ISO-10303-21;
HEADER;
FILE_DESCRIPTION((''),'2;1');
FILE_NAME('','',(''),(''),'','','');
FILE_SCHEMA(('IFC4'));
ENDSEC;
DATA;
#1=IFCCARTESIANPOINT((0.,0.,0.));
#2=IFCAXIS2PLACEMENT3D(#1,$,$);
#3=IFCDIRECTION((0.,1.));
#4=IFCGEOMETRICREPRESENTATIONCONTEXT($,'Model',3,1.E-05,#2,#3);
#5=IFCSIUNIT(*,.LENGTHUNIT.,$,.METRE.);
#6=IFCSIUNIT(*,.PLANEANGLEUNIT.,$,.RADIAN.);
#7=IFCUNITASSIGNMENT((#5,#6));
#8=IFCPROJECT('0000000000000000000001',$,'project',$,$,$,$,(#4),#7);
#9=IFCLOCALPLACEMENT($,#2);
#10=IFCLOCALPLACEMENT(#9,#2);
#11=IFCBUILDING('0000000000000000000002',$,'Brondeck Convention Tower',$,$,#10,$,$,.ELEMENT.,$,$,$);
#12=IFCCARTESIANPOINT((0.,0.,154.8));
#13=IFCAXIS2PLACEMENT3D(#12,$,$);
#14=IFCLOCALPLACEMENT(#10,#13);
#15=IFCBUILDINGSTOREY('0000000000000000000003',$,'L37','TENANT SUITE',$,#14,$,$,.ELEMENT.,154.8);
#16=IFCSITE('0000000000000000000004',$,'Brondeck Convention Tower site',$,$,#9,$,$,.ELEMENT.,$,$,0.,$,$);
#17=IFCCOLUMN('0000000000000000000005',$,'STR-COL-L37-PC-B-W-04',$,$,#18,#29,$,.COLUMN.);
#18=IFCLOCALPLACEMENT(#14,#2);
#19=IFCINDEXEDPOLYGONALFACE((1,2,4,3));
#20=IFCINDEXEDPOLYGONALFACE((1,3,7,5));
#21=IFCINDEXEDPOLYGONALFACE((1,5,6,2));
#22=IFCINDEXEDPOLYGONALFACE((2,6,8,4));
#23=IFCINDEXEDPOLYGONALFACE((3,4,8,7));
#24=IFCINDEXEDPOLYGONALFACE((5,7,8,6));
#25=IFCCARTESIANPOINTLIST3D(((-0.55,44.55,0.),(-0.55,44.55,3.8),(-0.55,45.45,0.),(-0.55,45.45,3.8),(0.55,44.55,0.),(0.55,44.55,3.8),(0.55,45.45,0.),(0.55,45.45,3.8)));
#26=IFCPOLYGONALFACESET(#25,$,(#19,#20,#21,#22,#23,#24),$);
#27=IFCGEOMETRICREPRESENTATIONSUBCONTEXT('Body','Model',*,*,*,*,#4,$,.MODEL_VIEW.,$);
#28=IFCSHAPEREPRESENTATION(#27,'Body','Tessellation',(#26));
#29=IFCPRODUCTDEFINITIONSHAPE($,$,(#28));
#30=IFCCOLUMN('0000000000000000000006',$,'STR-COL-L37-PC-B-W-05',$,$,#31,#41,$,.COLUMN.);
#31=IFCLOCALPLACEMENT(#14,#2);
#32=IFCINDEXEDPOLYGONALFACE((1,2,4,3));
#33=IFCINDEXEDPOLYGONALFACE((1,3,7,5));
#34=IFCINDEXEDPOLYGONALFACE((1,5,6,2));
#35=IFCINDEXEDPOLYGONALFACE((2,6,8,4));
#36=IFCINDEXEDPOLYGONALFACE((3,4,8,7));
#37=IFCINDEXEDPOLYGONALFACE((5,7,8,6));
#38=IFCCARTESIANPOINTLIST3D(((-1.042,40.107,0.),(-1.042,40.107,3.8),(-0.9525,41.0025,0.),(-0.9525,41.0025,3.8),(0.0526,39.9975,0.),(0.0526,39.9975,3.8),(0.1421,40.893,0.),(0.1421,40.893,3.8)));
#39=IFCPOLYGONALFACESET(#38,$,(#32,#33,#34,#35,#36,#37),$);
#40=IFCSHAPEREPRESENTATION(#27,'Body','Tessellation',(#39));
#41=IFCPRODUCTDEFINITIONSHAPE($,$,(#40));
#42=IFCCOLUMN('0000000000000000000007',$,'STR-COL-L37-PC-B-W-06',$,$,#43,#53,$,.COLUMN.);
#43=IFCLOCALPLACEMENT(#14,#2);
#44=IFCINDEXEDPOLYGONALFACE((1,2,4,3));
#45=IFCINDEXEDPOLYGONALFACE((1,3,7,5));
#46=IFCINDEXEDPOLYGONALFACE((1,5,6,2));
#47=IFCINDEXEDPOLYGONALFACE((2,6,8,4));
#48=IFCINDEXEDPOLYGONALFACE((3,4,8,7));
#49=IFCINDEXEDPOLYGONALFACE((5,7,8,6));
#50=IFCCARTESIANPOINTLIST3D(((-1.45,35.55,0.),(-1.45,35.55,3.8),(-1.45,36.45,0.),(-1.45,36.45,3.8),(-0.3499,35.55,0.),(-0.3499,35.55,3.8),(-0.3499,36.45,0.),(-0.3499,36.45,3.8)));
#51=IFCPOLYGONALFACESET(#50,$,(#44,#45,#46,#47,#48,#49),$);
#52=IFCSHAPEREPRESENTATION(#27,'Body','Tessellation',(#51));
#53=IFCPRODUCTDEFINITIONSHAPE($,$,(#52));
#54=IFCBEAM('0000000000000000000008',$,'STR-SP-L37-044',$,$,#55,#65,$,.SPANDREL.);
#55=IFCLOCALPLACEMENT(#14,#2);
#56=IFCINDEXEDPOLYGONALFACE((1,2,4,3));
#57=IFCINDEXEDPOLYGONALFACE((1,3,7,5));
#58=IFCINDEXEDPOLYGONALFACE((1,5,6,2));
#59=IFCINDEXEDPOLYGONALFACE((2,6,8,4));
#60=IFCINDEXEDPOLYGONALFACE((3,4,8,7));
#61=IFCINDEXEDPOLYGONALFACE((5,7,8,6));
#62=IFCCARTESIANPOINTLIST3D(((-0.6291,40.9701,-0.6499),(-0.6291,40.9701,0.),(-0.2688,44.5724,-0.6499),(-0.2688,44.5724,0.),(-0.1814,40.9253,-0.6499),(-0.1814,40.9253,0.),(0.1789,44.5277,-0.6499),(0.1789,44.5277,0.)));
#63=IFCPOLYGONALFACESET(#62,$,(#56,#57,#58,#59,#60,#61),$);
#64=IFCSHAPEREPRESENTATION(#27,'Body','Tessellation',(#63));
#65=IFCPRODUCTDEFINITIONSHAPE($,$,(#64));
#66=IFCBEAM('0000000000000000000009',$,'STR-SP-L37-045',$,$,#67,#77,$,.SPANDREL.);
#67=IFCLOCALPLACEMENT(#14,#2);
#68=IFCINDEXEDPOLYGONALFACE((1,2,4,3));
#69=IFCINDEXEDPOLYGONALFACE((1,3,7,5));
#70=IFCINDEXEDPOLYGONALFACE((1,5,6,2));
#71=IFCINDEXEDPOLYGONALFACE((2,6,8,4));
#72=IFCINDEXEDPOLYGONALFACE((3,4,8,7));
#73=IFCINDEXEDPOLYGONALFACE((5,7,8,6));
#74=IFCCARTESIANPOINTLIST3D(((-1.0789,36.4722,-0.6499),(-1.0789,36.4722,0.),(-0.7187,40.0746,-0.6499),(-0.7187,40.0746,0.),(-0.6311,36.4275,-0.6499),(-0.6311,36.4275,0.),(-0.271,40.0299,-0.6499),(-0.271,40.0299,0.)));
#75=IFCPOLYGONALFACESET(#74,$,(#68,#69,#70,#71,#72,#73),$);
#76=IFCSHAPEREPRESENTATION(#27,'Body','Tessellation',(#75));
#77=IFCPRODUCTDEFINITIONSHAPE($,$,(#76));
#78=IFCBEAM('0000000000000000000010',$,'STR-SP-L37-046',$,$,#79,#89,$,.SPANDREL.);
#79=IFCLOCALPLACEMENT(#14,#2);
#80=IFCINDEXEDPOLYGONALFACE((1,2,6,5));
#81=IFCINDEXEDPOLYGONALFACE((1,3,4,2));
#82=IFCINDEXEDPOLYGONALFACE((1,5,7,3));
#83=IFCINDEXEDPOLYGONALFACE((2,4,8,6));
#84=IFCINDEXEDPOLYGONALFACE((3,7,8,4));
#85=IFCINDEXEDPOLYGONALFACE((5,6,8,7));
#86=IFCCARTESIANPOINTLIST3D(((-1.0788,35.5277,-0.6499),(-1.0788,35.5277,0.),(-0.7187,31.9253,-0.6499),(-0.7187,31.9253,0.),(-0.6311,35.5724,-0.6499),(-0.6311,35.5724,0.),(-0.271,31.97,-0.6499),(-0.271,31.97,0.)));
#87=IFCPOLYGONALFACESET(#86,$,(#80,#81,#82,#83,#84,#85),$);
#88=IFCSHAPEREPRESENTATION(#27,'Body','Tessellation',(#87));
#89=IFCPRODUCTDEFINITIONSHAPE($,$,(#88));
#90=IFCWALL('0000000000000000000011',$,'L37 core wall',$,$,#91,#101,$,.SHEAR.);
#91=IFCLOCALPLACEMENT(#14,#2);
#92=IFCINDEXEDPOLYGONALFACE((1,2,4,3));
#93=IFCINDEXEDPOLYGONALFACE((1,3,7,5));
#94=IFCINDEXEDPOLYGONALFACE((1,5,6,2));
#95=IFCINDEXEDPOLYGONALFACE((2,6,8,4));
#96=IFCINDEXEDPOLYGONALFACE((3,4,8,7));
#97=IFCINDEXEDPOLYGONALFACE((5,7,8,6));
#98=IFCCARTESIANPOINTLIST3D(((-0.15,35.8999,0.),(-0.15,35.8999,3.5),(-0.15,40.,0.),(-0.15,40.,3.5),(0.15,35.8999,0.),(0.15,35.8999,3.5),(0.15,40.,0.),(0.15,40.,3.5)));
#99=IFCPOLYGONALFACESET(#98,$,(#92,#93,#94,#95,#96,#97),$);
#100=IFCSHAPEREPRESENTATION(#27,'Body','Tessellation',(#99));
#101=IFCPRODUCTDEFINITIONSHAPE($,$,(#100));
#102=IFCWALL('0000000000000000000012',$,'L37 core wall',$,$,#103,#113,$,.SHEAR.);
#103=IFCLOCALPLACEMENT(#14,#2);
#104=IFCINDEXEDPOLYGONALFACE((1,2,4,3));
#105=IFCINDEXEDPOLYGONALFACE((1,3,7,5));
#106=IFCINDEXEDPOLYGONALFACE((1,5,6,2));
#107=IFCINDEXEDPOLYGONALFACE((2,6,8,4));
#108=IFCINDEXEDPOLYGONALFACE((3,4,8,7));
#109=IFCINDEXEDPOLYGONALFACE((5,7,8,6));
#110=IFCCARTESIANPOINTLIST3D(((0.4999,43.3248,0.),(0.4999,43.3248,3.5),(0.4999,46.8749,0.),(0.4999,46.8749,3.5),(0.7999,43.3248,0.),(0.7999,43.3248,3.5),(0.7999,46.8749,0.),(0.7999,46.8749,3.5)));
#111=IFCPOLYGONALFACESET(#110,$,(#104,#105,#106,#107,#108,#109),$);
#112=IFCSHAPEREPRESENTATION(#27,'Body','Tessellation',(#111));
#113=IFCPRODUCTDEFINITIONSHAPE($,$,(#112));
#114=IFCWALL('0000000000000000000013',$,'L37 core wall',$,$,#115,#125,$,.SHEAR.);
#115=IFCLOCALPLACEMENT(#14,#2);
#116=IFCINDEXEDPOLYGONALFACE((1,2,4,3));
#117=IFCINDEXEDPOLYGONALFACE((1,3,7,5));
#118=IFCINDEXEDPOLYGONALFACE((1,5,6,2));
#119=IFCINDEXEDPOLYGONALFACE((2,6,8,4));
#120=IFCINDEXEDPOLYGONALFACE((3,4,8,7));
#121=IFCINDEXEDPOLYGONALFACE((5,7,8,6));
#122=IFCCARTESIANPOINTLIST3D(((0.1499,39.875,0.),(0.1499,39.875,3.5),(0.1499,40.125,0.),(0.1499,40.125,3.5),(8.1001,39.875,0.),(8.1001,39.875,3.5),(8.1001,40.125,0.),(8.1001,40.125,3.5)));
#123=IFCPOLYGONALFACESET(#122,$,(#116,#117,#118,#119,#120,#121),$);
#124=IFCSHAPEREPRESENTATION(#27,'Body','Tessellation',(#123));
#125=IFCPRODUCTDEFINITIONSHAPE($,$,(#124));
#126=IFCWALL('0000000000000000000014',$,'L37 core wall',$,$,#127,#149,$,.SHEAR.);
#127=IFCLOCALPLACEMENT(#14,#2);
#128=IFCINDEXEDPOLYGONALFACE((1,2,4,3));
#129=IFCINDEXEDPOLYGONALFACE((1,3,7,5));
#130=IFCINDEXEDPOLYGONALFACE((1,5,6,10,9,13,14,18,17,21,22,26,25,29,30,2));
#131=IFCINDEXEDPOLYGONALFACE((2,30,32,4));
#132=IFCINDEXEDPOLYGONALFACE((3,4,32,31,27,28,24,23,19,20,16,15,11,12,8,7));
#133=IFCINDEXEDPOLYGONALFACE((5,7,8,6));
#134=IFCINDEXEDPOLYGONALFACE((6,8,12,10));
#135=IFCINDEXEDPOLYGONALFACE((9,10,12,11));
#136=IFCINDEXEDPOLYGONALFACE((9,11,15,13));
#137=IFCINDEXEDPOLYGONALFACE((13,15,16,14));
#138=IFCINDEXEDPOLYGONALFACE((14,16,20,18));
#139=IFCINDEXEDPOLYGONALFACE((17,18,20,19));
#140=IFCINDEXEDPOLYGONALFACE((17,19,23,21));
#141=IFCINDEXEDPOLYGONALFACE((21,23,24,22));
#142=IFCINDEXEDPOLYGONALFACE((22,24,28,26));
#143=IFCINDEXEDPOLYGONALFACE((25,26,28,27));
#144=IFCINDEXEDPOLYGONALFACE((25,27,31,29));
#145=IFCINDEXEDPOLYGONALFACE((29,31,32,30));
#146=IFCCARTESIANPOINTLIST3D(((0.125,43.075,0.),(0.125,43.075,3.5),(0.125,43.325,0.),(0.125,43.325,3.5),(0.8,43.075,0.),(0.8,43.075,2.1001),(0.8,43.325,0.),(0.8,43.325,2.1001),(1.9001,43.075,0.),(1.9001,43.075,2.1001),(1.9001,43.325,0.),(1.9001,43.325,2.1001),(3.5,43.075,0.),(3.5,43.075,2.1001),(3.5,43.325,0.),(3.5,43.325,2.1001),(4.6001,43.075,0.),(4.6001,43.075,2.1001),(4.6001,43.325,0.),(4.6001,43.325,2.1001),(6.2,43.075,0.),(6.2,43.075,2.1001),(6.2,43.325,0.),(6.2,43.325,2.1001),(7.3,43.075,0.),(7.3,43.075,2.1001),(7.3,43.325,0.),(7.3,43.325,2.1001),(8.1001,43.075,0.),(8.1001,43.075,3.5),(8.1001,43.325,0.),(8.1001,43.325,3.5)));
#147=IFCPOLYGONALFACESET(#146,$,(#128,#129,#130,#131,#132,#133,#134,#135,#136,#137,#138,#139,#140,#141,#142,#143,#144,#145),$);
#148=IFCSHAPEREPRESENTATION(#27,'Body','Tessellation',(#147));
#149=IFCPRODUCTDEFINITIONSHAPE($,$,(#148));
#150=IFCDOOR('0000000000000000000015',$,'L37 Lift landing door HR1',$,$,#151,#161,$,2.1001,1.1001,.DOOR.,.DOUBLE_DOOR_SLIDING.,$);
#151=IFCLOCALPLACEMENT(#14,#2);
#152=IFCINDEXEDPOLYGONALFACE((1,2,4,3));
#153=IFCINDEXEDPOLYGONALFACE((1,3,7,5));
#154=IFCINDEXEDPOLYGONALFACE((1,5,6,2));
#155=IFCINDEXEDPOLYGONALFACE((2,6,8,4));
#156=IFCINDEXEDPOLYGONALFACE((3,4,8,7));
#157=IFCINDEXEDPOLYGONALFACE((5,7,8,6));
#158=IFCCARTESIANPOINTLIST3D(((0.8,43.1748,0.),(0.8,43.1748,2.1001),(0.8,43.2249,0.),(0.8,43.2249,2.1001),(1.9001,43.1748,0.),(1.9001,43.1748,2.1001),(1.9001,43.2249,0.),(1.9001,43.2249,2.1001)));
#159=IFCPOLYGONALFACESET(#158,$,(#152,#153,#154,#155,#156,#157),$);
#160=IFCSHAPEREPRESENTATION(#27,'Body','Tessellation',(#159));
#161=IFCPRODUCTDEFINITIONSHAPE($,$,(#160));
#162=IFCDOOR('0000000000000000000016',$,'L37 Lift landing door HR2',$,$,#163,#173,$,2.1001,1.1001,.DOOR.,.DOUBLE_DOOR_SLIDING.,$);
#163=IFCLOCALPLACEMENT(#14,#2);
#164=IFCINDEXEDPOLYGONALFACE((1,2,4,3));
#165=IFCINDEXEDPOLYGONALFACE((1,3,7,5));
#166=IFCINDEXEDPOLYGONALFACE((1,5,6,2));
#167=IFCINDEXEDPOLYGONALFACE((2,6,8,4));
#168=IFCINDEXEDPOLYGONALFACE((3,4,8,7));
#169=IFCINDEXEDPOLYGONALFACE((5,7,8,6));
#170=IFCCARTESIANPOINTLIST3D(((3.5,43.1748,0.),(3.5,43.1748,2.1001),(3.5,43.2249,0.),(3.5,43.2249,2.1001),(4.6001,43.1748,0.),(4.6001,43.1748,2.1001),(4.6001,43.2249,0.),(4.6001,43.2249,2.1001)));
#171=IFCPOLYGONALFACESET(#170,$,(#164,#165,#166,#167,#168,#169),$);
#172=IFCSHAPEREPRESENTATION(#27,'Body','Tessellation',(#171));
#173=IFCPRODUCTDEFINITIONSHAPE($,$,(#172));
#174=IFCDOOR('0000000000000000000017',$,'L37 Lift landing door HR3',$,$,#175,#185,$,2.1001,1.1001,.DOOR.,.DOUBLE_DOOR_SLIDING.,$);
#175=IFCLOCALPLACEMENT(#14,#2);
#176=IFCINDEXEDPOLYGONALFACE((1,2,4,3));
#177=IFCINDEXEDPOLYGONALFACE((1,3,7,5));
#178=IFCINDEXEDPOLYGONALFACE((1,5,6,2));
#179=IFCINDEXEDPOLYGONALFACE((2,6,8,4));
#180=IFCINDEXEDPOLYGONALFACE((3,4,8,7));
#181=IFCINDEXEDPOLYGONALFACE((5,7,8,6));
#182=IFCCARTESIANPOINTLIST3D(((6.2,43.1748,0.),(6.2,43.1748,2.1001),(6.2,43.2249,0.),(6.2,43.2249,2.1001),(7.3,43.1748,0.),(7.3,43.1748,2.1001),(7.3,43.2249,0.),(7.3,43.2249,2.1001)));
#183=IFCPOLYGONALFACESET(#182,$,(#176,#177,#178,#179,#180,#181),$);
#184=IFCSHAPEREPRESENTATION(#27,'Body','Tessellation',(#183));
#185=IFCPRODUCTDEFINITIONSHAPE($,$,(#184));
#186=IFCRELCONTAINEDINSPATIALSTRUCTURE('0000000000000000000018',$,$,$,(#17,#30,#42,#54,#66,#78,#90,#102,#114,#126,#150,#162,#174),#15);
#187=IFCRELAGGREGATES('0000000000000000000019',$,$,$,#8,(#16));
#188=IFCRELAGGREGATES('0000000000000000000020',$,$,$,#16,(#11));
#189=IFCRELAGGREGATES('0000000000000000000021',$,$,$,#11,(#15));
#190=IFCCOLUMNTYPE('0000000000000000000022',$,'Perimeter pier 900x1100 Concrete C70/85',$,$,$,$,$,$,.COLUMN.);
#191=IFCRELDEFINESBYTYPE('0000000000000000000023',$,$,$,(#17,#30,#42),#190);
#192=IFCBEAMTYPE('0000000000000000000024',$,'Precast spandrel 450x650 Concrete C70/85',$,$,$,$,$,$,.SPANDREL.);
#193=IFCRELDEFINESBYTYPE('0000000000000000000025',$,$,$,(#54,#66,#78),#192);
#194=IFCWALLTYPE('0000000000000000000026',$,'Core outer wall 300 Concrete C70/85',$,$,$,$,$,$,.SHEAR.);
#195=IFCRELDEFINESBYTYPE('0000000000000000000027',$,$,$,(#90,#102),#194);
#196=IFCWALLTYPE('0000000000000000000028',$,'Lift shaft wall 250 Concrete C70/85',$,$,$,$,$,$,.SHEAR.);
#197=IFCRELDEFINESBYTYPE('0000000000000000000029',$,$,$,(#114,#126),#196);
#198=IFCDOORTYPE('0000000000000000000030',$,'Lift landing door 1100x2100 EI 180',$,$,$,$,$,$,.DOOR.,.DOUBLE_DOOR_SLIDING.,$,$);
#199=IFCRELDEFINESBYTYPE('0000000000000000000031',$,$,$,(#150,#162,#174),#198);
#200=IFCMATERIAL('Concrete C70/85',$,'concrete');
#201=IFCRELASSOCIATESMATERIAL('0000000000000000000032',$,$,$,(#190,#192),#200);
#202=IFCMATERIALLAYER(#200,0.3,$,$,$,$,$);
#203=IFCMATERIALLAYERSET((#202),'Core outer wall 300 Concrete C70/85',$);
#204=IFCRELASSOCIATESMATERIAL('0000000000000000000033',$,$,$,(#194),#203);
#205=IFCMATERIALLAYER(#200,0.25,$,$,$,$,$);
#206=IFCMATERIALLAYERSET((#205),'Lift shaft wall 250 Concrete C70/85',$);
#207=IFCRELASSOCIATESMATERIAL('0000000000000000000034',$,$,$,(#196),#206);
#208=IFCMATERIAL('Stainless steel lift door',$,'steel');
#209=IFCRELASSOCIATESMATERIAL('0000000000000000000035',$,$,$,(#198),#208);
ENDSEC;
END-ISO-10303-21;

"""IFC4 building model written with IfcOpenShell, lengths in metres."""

from ifc_helpers import new_model, si_unit, direction, frame, frame_2d, origin, origin_2d, place, context, subcontext, project, spatial, rectangle, extrude, material, layer, layer_set, material_profile, profile_set, type_object, element, fill, save


model = new_model("IFC4")

# Units and contexts
model_context = context("Model", 3, precision=1e-05, world=origin(), true_north=direction((0.0, 1.0)))
body_context = subcontext(model_context, "Body", "Model", "MODEL_VIEW")
ifc_project = project(units=[si_unit("LENGTHUNIT", "METRE"), si_unit("PLANEANGLEUNIT", "RADIAN")], contexts=[model_context])

# Site, building, storey
site_placement = place(None, origin())
site = spatial("IfcSite", under=ifc_project, at=site_placement, Name="Brondeck Convention Tower site", CompositionType="ELEMENT", RefElevation=0.0)
building_placement = place(site_placement, origin())
building = spatial("IfcBuilding", under=site, at=building_placement, Name="Brondeck Convention Tower", CompositionType="ELEMENT")
storey_placement = place(building_placement, frame((0.0, 0.0, 154.8)))
storey = spatial("IfcBuildingStorey", under=building, at=storey_placement, Name="L37", Description="TENANT SUITE", CompositionType="ELEMENT", Elevation=154.8)

# Columns
ifc_material_1 = material(Name="Concrete C70/85", Category="concrete")
ifc_material_profile_1 = material_profile(ifc_material_1, rectangle(XDim=0.8999, YDim=1.1001, at=origin_2d()), Name="Perimeter pier 900x1100 Concrete C70/85")
ifc_profile_set_1 = profile_set([ifc_material_profile_1], Name="Concrete C70/85")
column_type = type_object("IfcColumnType", Name="Perimeter pier 900x1100 Concrete C70/85", PredefinedType="COLUMN", material=ifc_profile_set_1)
for number, where, z_axis, x_axis, name in (
    (1, (0.0, 45.0, 0.0), (0.0, 0.0, 1.0), (0.0, -1.0, 0.0), "STR-COL-L37-PC-B-W-04"),
    (2, (-0.45, 40.5, 0.0), (0.0, 0.0, 1.0), (-0.099504, -0.995037, 0.0), "STR-COL-L37-PC-B-W-05"),
    (3, (-0.8999, 36.0, 0.0), (0.0, 0.0, 1.0), (0.0, -1.0, 0.0), "STR-COL-L37-PC-B-W-06"),
):
    element("IfcColumn", number, at=place(storey_placement, frame(where, z_axis=z_axis, x_axis=x_axis)), inside=storey, type_object=column_type, Name=name, PredefinedType="COLUMN", context=body_context, shape_type="SweptSolid", body=[
        extrude(rectangle(XDim=0.8999, YDim=1.1001, at=origin_2d()), origin(), (0.0, 0.0, 1.0), 3.8),
    ])

# Beams
ifc_material_profile_2 = material_profile(ifc_material_1, rectangle(XDim=0.45, YDim=0.6499, at=origin_2d()), Name="Precast spandrel 450x650 Concrete C70/85")
ifc_profile_set_2 = profile_set([ifc_material_profile_2], Name="Concrete C70/85")
beam_type = type_object("IfcBeamType", Name="Precast spandrel 450x650 Concrete C70/85", PredefinedType="SPANDREL", material=ifc_profile_set_2)
for number, where, z_axis, x_axis, name in (
    (4, (-0.0449, 44.55, -0.325), (-0.099537, -0.995034, 0.0), (0.995034, -0.099537, 0.0), "STR-SP-L37-044"),
    (5, (-0.4949, 40.0522, -0.325), (-0.09947, -0.995041, 0.0), (0.995041, -0.09947, 0.0), "STR-SP-L37-045"),
    (6, (-0.855, 35.55, -0.325), (0.09947, -0.995041, 0.0), (0.995041, 0.09947, 0.0), "STR-SP-L37-046"),
):
    element("IfcBeam", number, at=place(storey_placement, frame(where, z_axis=z_axis, x_axis=x_axis)), inside=storey, type_object=beam_type, Name=name, PredefinedType="SPANDREL", context=body_context, shape_type="SweptSolid", body=[
        extrude(rectangle(XDim=0.45, YDim=0.6499, at=origin_2d()), origin(), (0.0, 0.0, 1.0), 3.6204),
    ])

# Walls
ifc_layer_1 = layer(ifc_material_1, 0.3)
ifc_layer_set_1 = layer_set([ifc_layer_1], Name="Core outer wall 300 Concrete C70/85")
wall_type_1 = type_object("IfcWallType", Name="Core outer wall 300 Concrete C70/85", PredefinedType="SHEAR", material=ifc_layer_set_1)
wall_1_placement = place(storey_placement, frame((0.0, 35.8999, 0.0), z_axis=(0.0, 0.0, 1.0), x_axis=(0.0, 1.0, 0.0)))
element("IfcWall", 7, at=wall_1_placement, inside=storey, type_object=wall_type_1, Name="L37 core wall", PredefinedType="SHEAR", context=body_context, shape_type="SweptSolid", body=[
    extrude(rectangle(XDim=4.1001, YDim=0.3, at=frame_2d((2.05, 0.0))), origin(), (0.0, 0.0, 1.0), 3.5),
])
wall_2_placement = place(storey_placement, frame((0.6499, 43.325, 0.0), z_axis=(0.0, 0.0, 1.0), x_axis=(0.0, 1.0, 0.0)))
element("IfcWall", 8, at=wall_2_placement, inside=storey, type_object=wall_type_1, Name="L37 core wall", PredefinedType="SHEAR", context=body_context, shape_type="SweptSolid", body=[
    extrude(rectangle(XDim=3.55, YDim=0.3, at=frame_2d((1.7749, 0.0))), origin(), (0.0, 0.0, 1.0), 3.5),
])
ifc_layer_2 = layer(ifc_material_1, 0.25)
ifc_layer_set_2 = layer_set([ifc_layer_2], Name="Lift shaft wall 250 Concrete C70/85")
wall_type_2 = type_object("IfcWallType", Name="Lift shaft wall 250 Concrete C70/85", PredefinedType="SHEAR", material=ifc_layer_set_2)
wall_3_placement = place(storey_placement, frame((0.1499, 40.0, 0.0), z_axis=(0.0, 0.0, 1.0), x_axis=(1.0, 0.0, 0.0)))
element("IfcWall", 9, at=wall_3_placement, inside=storey, type_object=wall_type_2, Name="L37 core wall", PredefinedType="SHEAR", context=body_context, shape_type="SweptSolid", body=[
    extrude(rectangle(XDim=7.9502, YDim=0.25, at=frame_2d((3.9751, 0.0))), origin(), (0.0, 0.0, 1.0), 3.5),
])

# Wall, openings, doors
wall_4_placement = place(storey_placement, frame((0.125, 43.2, 0.0), z_axis=(0.0, 0.0, 1.0), x_axis=(1.0, 0.0, 0.0)))
wall_4 = element("IfcWall", 10, at=wall_4_placement, inside=storey, type_object=wall_type_2, Name="L37 core wall", PredefinedType="SHEAR", context=body_context, shape_type="SweptSolid", body=[
    extrude(rectangle(XDim=7.9751, YDim=0.25, at=frame_2d((3.9875, 0.0))), origin(), (0.0, 0.0, 1.0), 3.5),
])
opening_1_placement = place(wall_4_placement, frame((0.675, 0.0, 0.0)))
opening_1 = element("IfcOpeningElement", 11, at=opening_1_placement, cuts=wall_4, PredefinedType="OPENING", context=body_context, shape_type="SweptSolid", body=[
    extrude(rectangle(XDim=1.1001, YDim=2.1001, at=frame_2d((0.55, 1.05))), frame((0.0, 0.135, 0.0), z_axis=(0.0, -1.0, 0.0), x_axis=(1.0, 0.0, 0.0)), (0.0, 0.0, 1.0), 0.27),
])
opening_2_placement = place(wall_4_placement, frame((3.375, 0.0, 0.0)))
opening_2 = element("IfcOpeningElement", 12, at=opening_2_placement, cuts=wall_4, PredefinedType="OPENING", context=body_context, shape_type="SweptSolid", body=[
    extrude(rectangle(XDim=1.1001, YDim=2.1001, at=frame_2d((0.55, 1.05))), frame((0.0, 0.135, 0.0), z_axis=(0.0, -1.0, 0.0), x_axis=(1.0, 0.0, 0.0)), (0.0, 0.0, 1.0), 0.27),
])
opening_3_placement = place(wall_4_placement, frame((6.075, 0.0, 0.0)))
opening_3 = element("IfcOpeningElement", 13, at=opening_3_placement, cuts=wall_4, PredefinedType="OPENING", context=body_context, shape_type="SweptSolid", body=[
    extrude(rectangle(XDim=1.1001, YDim=2.1001, at=frame_2d((0.55, 1.05))), frame((0.0, 0.135, 0.0), z_axis=(0.0, -1.0, 0.0), x_axis=(1.0, 0.0, 0.0)), (0.0, 0.0, 1.0), 0.27),
])
ifc_material_2 = material(Name="Stainless steel lift door", Category="steel")
door_type_1 = type_object("IfcDoorType", Name="Lift landing door 1100x2100 EI 180", OperationType="DOUBLE_DOOR_SLIDING", PredefinedType="DOOR", material=ifc_material_2)
door_1_placement = place(opening_1_placement, origin())
door_1 = element("IfcDoor", 14, at=door_1_placement, inside=storey, type_object=door_type_1, Name="L37 Lift landing door HR1", OperationType="DOUBLE_DOOR_SLIDING", OverallHeight=2.1001, OverallWidth=1.1001, PredefinedType="DOOR", context=body_context, shape_type="SweptSolid", body=[
    extrude(rectangle(XDim=1.1001, YDim=2.1001, at=frame_2d((0.55, 1.05))), frame((0.0, 0.0249, 0.0), z_axis=(0.0, -1.0, 0.0), x_axis=(1.0, 0.0, 0.0)), (0.0, 0.0, 1.0), 0.05),
])
fill(opening_1, door_1)
door_2_placement = place(opening_2_placement, origin())
door_2 = element("IfcDoor", 15, at=door_2_placement, inside=storey, type_object=door_type_1, Name="L37 Lift landing door HR2", OperationType="DOUBLE_DOOR_SLIDING", OverallHeight=2.1001, OverallWidth=1.1001, PredefinedType="DOOR", context=body_context, shape_type="SweptSolid", body=[
    extrude(rectangle(XDim=1.1001, YDim=2.1001, at=frame_2d((0.55, 1.05))), frame((0.0, 0.0249, 0.0), z_axis=(0.0, -1.0, 0.0), x_axis=(1.0, 0.0, 0.0)), (0.0, 0.0, 1.0), 0.05),
])
fill(opening_2, door_2)
door_3_placement = place(opening_3_placement, origin())
door_3 = element("IfcDoor", 16, at=door_3_placement, inside=storey, type_object=door_type_1, Name="L37 Lift landing door HR3", OperationType="DOUBLE_DOOR_SLIDING", OverallHeight=2.1001, OverallWidth=1.1001, PredefinedType="DOOR", context=body_context, shape_type="SweptSolid", body=[
    extrude(rectangle(XDim=1.1001, YDim=2.1001, at=frame_2d((0.55, 1.05))), frame((0.0, 0.0249, 0.0), z_axis=(0.0, -1.0, 0.0), x_axis=(1.0, 0.0, 0.0)), (0.0, 0.0, 1.0), 0.05),
])
fill(opening_3, door_3)

save(model, "model.ifc")
